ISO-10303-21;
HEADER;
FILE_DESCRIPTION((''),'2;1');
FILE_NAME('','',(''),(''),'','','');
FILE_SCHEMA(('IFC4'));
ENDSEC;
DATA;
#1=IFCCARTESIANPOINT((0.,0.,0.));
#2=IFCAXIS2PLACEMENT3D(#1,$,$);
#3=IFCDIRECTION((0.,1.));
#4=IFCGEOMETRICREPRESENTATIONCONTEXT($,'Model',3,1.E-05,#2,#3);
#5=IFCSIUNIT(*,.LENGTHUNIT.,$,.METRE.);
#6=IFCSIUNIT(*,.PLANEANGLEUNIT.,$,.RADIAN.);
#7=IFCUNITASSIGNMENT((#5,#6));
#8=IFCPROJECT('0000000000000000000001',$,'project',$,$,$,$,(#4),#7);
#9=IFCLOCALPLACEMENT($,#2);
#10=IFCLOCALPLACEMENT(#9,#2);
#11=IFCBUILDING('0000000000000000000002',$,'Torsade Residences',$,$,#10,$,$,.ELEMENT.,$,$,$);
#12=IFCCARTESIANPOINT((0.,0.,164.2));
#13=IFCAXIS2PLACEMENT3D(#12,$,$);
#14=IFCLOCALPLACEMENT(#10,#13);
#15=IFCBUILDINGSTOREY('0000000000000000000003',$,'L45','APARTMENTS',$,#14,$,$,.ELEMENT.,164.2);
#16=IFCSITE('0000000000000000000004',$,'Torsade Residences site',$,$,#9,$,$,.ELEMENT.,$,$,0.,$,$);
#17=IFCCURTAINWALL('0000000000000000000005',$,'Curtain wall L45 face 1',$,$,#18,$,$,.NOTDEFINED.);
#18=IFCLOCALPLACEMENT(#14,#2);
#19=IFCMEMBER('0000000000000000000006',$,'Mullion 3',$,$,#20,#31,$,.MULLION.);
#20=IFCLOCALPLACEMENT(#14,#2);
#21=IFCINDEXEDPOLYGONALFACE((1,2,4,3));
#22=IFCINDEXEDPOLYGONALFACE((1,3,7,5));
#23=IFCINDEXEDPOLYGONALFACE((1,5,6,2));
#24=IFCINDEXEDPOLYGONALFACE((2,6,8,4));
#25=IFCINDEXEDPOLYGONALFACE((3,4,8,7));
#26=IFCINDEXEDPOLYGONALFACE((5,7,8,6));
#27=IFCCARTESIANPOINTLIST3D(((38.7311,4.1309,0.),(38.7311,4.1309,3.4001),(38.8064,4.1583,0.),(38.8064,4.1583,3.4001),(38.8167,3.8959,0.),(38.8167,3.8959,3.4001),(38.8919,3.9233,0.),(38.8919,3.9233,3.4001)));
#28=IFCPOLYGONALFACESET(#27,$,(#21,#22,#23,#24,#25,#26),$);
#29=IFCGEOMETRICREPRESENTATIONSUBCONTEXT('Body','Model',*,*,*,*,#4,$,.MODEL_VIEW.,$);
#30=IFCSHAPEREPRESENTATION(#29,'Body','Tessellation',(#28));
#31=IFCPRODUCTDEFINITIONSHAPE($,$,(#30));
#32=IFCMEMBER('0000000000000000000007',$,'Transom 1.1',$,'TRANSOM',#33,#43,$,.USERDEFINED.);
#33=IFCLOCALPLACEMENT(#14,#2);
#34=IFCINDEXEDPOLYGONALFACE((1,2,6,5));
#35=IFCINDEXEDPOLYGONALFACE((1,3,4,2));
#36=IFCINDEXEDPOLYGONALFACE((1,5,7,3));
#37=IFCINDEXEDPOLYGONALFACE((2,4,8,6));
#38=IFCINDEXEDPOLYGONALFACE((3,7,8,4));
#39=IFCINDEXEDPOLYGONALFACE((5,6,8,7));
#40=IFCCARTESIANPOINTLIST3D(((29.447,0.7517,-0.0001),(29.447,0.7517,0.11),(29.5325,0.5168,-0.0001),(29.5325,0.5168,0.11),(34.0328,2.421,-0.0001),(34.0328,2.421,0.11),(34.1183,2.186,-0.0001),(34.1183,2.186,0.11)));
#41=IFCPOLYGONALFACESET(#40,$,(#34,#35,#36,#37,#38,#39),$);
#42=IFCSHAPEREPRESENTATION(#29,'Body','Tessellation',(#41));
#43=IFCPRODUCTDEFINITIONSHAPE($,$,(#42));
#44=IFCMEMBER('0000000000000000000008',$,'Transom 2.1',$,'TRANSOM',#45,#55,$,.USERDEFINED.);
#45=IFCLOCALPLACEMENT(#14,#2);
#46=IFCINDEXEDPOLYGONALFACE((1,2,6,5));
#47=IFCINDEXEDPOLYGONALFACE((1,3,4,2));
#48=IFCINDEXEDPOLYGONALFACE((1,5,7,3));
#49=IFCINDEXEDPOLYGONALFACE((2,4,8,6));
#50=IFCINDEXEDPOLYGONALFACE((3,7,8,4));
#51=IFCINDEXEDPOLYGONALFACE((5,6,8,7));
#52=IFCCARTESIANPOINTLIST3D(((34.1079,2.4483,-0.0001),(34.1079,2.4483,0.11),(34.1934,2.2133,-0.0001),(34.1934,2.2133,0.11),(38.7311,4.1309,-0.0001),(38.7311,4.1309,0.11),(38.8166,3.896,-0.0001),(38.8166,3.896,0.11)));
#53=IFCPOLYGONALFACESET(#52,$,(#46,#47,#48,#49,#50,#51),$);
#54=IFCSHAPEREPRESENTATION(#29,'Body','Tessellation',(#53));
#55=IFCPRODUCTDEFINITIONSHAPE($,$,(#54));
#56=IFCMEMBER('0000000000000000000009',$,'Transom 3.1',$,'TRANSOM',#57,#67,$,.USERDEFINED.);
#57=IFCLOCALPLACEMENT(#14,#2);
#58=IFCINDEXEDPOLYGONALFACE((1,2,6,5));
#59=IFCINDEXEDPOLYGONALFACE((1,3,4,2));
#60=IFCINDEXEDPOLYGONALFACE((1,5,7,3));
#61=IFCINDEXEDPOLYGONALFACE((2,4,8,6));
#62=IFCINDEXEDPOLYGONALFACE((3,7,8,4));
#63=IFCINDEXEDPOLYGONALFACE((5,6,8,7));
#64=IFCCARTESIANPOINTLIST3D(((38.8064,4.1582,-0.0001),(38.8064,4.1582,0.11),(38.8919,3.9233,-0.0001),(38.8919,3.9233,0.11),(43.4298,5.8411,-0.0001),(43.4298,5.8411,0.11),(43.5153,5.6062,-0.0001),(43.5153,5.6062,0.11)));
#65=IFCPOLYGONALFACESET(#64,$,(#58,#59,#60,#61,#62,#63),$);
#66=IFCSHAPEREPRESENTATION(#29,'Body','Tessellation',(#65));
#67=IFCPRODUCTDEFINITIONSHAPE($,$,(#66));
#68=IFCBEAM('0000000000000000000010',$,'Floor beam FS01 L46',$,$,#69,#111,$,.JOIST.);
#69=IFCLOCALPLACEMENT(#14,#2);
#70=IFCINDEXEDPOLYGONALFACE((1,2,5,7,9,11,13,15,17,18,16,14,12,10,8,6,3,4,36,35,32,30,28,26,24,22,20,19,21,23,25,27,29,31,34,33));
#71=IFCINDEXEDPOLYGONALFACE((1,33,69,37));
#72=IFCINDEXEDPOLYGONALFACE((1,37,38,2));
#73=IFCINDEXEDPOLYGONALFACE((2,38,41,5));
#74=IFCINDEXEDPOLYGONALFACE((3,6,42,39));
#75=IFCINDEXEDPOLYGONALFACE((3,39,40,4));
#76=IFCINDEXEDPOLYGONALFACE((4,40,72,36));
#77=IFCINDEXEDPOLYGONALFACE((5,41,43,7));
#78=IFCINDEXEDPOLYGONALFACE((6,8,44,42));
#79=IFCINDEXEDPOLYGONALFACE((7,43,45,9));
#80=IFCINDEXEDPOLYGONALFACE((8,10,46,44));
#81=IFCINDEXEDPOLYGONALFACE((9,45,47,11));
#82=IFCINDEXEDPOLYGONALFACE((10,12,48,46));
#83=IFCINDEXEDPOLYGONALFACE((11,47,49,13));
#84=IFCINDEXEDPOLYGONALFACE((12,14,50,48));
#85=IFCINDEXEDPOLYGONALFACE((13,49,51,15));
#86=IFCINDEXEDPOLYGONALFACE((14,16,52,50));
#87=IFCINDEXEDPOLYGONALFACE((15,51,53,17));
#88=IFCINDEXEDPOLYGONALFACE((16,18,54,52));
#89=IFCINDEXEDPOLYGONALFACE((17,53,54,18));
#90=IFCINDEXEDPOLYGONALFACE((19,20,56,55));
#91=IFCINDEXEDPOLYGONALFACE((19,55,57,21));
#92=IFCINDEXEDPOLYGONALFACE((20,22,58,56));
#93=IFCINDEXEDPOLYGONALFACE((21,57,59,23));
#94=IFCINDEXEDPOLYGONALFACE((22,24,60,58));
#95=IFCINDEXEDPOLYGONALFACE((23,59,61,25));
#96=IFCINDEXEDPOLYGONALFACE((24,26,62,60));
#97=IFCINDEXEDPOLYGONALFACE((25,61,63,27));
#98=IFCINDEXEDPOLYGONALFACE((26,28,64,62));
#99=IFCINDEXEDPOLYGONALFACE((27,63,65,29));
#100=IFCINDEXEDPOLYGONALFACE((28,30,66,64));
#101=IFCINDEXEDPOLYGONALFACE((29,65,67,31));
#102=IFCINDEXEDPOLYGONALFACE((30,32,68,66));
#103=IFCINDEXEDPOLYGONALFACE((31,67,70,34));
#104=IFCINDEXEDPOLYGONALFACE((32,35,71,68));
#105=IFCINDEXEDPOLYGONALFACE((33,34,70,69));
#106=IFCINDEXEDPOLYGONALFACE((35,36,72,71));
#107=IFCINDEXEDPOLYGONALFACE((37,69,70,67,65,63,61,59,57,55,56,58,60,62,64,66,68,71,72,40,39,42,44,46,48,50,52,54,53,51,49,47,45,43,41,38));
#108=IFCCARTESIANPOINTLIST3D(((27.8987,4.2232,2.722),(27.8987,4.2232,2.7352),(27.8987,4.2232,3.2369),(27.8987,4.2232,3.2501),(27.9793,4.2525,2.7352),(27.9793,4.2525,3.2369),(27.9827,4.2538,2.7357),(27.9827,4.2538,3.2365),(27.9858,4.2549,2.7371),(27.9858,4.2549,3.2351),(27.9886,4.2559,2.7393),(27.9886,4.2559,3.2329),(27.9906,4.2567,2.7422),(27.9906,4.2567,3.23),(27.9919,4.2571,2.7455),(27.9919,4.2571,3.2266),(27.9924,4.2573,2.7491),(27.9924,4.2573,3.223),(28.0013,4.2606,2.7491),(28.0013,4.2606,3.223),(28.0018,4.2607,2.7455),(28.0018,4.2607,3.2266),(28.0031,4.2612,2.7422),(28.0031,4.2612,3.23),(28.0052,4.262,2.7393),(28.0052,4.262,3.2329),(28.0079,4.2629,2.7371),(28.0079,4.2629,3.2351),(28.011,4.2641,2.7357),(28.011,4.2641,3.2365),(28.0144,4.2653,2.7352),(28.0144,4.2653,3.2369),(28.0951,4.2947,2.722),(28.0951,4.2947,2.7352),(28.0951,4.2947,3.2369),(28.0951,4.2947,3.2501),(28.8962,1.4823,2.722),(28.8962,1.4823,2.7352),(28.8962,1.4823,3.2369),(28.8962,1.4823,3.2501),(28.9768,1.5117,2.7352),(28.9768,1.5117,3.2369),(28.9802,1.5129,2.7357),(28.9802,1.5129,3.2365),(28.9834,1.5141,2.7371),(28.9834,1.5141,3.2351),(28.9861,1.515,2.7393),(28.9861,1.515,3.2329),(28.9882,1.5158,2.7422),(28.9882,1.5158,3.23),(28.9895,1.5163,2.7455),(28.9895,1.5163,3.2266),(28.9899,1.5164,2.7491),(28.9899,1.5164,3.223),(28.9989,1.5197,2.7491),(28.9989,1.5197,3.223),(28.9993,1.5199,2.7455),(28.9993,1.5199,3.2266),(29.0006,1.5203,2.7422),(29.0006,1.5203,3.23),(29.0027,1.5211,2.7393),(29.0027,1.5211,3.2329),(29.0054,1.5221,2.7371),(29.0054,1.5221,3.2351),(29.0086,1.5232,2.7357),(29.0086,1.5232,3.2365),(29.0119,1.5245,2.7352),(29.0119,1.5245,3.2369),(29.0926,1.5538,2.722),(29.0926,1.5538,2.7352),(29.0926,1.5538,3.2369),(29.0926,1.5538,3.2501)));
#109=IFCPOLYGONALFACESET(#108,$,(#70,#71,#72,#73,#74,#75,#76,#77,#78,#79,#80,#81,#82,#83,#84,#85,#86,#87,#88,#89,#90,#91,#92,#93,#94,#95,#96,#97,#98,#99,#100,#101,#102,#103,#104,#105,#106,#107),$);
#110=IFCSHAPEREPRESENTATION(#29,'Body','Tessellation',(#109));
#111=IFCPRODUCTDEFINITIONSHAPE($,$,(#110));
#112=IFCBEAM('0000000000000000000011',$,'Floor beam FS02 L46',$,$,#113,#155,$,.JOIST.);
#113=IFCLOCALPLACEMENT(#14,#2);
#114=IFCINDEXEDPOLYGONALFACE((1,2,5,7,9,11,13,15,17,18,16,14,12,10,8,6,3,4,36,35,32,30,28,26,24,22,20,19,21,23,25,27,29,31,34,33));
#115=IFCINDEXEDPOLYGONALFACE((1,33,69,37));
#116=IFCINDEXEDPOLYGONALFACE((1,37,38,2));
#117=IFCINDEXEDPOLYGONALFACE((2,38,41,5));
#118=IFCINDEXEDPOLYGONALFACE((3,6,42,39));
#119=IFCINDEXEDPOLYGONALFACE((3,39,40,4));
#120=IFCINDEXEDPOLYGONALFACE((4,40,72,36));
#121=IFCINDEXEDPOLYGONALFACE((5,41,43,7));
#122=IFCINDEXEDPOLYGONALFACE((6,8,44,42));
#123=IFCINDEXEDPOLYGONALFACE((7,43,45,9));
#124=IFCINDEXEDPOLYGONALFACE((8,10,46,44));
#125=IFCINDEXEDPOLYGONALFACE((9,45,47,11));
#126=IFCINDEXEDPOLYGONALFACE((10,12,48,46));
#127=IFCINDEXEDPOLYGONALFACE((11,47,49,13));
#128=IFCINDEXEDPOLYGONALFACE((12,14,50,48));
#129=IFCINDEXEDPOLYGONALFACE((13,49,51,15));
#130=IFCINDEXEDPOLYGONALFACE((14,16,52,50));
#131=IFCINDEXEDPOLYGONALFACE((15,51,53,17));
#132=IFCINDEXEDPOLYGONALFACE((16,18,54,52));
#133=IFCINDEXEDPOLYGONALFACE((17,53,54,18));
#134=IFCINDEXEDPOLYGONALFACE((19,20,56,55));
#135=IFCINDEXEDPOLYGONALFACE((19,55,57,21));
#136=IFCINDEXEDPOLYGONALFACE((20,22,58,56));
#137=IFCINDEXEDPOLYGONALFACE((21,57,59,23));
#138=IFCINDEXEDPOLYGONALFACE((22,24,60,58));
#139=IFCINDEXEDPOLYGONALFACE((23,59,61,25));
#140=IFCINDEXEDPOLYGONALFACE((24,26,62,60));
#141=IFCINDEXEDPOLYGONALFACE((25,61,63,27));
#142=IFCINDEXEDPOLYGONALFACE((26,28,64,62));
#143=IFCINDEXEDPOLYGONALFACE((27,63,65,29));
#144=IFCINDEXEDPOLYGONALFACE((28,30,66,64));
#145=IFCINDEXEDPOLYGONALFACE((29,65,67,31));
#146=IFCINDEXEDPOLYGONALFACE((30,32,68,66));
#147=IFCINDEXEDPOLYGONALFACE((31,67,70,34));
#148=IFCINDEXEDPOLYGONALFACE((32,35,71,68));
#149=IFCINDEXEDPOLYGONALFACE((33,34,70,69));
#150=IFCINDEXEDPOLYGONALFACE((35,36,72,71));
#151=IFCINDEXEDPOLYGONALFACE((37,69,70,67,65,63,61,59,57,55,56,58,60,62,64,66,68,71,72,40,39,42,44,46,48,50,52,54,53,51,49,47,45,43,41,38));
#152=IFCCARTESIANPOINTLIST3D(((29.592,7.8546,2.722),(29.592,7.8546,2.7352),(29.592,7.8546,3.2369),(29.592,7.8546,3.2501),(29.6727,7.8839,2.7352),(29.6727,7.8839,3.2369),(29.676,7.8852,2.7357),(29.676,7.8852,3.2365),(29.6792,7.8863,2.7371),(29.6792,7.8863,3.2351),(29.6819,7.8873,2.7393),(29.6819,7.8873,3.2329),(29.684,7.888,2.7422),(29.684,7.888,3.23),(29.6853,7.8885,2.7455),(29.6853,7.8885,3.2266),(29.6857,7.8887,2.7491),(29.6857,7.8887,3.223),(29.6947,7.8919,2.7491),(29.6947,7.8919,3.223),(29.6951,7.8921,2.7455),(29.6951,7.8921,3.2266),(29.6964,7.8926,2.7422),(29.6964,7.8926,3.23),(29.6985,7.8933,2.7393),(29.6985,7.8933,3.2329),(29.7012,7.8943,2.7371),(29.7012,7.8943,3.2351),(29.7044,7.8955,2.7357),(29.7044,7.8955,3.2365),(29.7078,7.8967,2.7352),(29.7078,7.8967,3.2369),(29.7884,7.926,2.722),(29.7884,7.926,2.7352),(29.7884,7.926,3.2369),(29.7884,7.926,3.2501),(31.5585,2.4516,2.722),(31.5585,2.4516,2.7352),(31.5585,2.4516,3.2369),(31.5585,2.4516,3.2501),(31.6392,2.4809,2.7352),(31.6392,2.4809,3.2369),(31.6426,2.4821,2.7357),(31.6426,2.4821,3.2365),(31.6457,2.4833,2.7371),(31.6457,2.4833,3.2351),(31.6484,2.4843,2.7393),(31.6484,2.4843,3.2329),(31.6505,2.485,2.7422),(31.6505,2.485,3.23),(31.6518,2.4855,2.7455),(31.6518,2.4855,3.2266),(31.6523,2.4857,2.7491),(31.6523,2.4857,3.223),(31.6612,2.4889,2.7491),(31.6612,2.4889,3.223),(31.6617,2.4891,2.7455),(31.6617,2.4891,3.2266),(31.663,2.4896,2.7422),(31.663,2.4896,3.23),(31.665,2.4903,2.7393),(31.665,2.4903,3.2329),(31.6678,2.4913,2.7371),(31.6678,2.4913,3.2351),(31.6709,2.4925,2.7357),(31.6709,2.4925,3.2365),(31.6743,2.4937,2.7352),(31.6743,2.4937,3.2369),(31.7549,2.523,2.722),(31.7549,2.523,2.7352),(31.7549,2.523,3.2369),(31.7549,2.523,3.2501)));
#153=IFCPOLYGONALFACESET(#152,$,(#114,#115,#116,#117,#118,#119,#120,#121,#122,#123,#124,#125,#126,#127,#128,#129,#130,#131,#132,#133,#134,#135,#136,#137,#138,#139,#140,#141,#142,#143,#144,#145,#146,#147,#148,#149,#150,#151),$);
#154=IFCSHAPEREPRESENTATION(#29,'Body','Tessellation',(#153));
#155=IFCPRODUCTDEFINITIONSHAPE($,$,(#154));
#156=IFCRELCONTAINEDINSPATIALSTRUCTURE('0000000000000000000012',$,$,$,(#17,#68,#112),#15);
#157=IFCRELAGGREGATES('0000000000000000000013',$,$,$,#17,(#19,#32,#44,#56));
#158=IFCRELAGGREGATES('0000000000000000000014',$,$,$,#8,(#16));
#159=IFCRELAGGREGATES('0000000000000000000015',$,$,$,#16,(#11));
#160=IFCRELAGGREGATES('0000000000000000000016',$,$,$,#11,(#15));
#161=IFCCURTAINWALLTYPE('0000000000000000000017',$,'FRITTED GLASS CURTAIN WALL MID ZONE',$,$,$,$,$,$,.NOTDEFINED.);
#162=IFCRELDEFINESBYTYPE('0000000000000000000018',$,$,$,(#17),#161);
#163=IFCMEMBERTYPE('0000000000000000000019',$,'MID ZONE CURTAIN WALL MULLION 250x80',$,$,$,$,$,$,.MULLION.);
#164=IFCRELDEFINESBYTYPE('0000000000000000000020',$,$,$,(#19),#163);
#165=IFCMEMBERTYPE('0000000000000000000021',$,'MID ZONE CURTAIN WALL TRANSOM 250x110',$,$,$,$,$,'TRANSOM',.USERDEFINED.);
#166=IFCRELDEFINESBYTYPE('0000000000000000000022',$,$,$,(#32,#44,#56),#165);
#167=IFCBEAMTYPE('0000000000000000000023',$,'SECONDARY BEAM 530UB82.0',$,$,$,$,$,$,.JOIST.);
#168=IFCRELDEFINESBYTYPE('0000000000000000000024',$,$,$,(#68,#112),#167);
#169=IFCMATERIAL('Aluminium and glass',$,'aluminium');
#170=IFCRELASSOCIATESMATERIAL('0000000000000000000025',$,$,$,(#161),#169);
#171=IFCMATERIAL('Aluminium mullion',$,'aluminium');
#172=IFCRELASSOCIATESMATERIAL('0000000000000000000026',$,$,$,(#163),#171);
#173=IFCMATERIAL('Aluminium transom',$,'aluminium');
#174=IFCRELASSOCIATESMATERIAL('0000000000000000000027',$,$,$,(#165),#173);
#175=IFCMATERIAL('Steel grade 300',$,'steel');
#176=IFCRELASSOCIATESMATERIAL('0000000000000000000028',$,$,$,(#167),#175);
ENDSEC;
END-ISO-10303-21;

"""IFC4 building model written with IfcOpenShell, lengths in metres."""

from ifc_helpers import new_model, si_unit, direction, frame, origin, origin_2d, place, context, subcontext, project, spatial, rectangle, i_section, extrude, material, material_profile, profile_set, type_object, element, aggregate, save


model = new_model("IFC4")

# Units and contexts
model_context = context("Model", 3, precision=1e-05, world=origin(), true_north=direction((0.0, 1.0)))
body_context = subcontext(model_context, "Body", "Model", "MODEL_VIEW")
ifc_project = project(units=[si_unit("LENGTHUNIT", "METRE"), si_unit("PLANEANGLEUNIT", "RADIAN")], contexts=[model_context])

# Site, building, storey
site_placement = place(None, origin())
site = spatial("IfcSite", under=ifc_project, at=site_placement, Name="Torsade Residences site", CompositionType="ELEMENT", RefElevation=0.0)
building_placement = place(site_placement, origin())
building = spatial("IfcBuilding", under=site, at=building_placement, Name="Torsade Residences", CompositionType="ELEMENT")
storey_placement = place(building_placement, frame((0.0, 0.0, 164.2)))
storey = spatial("IfcBuildingStorey", under=building, at=storey_placement, Name="L45", Description="APARTMENTS", CompositionType="ELEMENT", Elevation=164.2)

# Curtain wall, members
ifc_material_1 = material(Name="Aluminium and glass", Category="aluminium")
curtain_wall_type = type_object("IfcCurtainWallType", Name="FRITTED GLASS CURTAIN WALL MID ZONE", PredefinedType="NOTDEFINED", material=ifc_material_1)
curtain_wall_placement = place(storey_placement, origin())
curtain_wall = element("IfcCurtainWall", 1, at=curtain_wall_placement, inside=storey, type_object=curtain_wall_type, Name="Curtain wall L45 face 1", PredefinedType="NOTDEFINED")
ifc_material_2 = material(Name="Aluminium mullion", Category="aluminium")
ifc_material_profile_1 = material_profile(ifc_material_2, rectangle(XDim=0.25, YDim=0.0801, at=origin_2d()), Name="MID ZONE CURTAIN WALL MULLION 250x80")
ifc_profile_set_1 = profile_set([ifc_material_profile_1], Name="Aluminium mullion")
member_type_1 = type_object("IfcMemberType", Name="MID ZONE CURTAIN WALL MULLION 250x80", PredefinedType="MULLION", material=ifc_profile_set_1)
member_1_placement = place(storey_placement, frame((38.8115, 4.0271, 0.0), z_axis=(0.0, 0.0, 1.0), x_axis=(-0.34202, 0.939693, 0.0)))
member_1 = element("IfcMember", 2, at=member_1_placement, type_object=member_type_1, Name="Mullion 3", PredefinedType="MULLION", context=body_context, shape_type="SweptSolid", body=[
    extrude(rectangle(XDim=0.25, YDim=0.0801, at=origin_2d()), origin(), (0.0, 0.0, 1.0), 3.4001),
])
ifc_material_3 = material(Name="Aluminium transom", Category="aluminium")
ifc_material_profile_2 = material_profile(ifc_material_3, rectangle(XDim=0.25, YDim=0.1101, at=origin_2d()), Name="MID ZONE CURTAIN WALL TRANSOM 250x110")
ifc_profile_set_2 = profile_set([ifc_material_profile_2], Name="Aluminium transom")
member_type_2 = type_object("IfcMemberType", Name="MID ZONE CURTAIN WALL TRANSOM 250x110", ElementType="TRANSOM", PredefinedType="USERDEFINED", material=ifc_profile_set_2)
member_2_placement = place(storey_placement, frame((29.4897, 0.6343, 0.0549), z_axis=(0.939684, 0.342044, 0.0), x_axis=(-0.342044, 0.939684, 0.0)))
member_2 = element("IfcMember", 3, at=member_2_placement, type_object=member_type_2, Name="Transom 1.1", ObjectType="TRANSOM", PredefinedType="USERDEFINED", context=body_context, shape_type="SweptSolid", body=[
    extrude(rectangle(XDim=0.25, YDim=0.1101, at=origin_2d()), origin(), (0.0, 0.0, 1.0), 4.8801),
])
member_3_placement = place(storey_placement, frame((34.1506, 2.3308, 0.0549), z_axis=(0.939701, 0.341998, 0.0), x_axis=(-0.341998, 0.939701, 0.0)))
member_3 = element("IfcMember", 4, at=member_3_placement, type_object=member_type_2, Name="Transom 2.1", ObjectType="TRANSOM", PredefinedType="USERDEFINED", context=body_context, shape_type="SweptSolid", body=[
    extrude(rectangle(XDim=0.25, YDim=0.1101, at=origin_2d()), origin(), (0.0, 0.0, 1.0), 4.9199),
])
member_4_placement = place(storey_placement, frame((38.8491, 4.0408, 0.0549), z_axis=(0.939685, 0.342042, 0.0), x_axis=(-0.342042, 0.939685, 0.0)))
member_4 = element("IfcMember", 5, at=member_4_placement, type_object=member_type_2, Name="Transom 3.1", ObjectType="TRANSOM", PredefinedType="USERDEFINED", context=body_context, shape_type="SweptSolid", body=[
    extrude(rectangle(XDim=0.25, YDim=0.1101, at=origin_2d()), origin(), (0.0, 0.0, 1.0), 4.9202),
])

# Beams
ifc_material_4 = material(Name="Steel grade 300", Category="steel")
ifc_material_profile_3 = material_profile(ifc_material_4, i_section(OverallWidth=0.209, OverallDepth=0.5281, WebThickness=0.0095, FlangeThickness=0.0132, FilletRadius=0.0139, at=origin_2d()), Name="530UB82.0")
ifc_profile_set_3 = profile_set([ifc_material_profile_3], Name="Steel grade 300")
beam_type_1 = type_object("IfcBeamType", Name="SECONDARY BEAM 530UB82.0", PredefinedType="JOIST", material=ifc_profile_set_3)
beam_1_placement = place(storey_placement, frame((28.9944, 1.5181, 2.9861), z_axis=(-0.341998, 0.939701, 0.0), x_axis=(-0.939701, -0.341998, 0.0)))
element("IfcBeam", 6, at=beam_1_placement, inside=storey, type_object=beam_type_1, Name="Floor beam FS01 L46", PredefinedType="JOIST", context=body_context, shape_type="SweptSolid", body=[
    extrude(i_section(OverallWidth=0.209, OverallDepth=0.5281, WebThickness=0.0095, FlangeThickness=0.0132, FilletRadius=0.0139, at=origin_2d()), origin(), (0.0, 0.0, 1.0), 2.9167),
])
beam_2_placement = place(storey_placement, frame((31.6567, 2.4873, 2.9861), z_axis=(-0.342019, 0.939693, 0.0), x_axis=(-0.939693, -0.342019, 0.0)))
element("IfcBeam", 7, at=beam_2_placement, inside=storey, type_object=beam_type_1, Name="Floor beam FS02 L46", PredefinedType="JOIST", context=body_context, shape_type="SweptSolid", body=[
    extrude(i_section(OverallWidth=0.209, OverallDepth=0.5281, WebThickness=0.0095, FlangeThickness=0.0132, FilletRadius=0.0139, at=origin_2d()), origin(), (0.0, 0.0, 1.0), 5.7498),
])

aggregate(curtain_wall, [member_1, member_2, member_3, member_4])

save(model, "model.ifc")
